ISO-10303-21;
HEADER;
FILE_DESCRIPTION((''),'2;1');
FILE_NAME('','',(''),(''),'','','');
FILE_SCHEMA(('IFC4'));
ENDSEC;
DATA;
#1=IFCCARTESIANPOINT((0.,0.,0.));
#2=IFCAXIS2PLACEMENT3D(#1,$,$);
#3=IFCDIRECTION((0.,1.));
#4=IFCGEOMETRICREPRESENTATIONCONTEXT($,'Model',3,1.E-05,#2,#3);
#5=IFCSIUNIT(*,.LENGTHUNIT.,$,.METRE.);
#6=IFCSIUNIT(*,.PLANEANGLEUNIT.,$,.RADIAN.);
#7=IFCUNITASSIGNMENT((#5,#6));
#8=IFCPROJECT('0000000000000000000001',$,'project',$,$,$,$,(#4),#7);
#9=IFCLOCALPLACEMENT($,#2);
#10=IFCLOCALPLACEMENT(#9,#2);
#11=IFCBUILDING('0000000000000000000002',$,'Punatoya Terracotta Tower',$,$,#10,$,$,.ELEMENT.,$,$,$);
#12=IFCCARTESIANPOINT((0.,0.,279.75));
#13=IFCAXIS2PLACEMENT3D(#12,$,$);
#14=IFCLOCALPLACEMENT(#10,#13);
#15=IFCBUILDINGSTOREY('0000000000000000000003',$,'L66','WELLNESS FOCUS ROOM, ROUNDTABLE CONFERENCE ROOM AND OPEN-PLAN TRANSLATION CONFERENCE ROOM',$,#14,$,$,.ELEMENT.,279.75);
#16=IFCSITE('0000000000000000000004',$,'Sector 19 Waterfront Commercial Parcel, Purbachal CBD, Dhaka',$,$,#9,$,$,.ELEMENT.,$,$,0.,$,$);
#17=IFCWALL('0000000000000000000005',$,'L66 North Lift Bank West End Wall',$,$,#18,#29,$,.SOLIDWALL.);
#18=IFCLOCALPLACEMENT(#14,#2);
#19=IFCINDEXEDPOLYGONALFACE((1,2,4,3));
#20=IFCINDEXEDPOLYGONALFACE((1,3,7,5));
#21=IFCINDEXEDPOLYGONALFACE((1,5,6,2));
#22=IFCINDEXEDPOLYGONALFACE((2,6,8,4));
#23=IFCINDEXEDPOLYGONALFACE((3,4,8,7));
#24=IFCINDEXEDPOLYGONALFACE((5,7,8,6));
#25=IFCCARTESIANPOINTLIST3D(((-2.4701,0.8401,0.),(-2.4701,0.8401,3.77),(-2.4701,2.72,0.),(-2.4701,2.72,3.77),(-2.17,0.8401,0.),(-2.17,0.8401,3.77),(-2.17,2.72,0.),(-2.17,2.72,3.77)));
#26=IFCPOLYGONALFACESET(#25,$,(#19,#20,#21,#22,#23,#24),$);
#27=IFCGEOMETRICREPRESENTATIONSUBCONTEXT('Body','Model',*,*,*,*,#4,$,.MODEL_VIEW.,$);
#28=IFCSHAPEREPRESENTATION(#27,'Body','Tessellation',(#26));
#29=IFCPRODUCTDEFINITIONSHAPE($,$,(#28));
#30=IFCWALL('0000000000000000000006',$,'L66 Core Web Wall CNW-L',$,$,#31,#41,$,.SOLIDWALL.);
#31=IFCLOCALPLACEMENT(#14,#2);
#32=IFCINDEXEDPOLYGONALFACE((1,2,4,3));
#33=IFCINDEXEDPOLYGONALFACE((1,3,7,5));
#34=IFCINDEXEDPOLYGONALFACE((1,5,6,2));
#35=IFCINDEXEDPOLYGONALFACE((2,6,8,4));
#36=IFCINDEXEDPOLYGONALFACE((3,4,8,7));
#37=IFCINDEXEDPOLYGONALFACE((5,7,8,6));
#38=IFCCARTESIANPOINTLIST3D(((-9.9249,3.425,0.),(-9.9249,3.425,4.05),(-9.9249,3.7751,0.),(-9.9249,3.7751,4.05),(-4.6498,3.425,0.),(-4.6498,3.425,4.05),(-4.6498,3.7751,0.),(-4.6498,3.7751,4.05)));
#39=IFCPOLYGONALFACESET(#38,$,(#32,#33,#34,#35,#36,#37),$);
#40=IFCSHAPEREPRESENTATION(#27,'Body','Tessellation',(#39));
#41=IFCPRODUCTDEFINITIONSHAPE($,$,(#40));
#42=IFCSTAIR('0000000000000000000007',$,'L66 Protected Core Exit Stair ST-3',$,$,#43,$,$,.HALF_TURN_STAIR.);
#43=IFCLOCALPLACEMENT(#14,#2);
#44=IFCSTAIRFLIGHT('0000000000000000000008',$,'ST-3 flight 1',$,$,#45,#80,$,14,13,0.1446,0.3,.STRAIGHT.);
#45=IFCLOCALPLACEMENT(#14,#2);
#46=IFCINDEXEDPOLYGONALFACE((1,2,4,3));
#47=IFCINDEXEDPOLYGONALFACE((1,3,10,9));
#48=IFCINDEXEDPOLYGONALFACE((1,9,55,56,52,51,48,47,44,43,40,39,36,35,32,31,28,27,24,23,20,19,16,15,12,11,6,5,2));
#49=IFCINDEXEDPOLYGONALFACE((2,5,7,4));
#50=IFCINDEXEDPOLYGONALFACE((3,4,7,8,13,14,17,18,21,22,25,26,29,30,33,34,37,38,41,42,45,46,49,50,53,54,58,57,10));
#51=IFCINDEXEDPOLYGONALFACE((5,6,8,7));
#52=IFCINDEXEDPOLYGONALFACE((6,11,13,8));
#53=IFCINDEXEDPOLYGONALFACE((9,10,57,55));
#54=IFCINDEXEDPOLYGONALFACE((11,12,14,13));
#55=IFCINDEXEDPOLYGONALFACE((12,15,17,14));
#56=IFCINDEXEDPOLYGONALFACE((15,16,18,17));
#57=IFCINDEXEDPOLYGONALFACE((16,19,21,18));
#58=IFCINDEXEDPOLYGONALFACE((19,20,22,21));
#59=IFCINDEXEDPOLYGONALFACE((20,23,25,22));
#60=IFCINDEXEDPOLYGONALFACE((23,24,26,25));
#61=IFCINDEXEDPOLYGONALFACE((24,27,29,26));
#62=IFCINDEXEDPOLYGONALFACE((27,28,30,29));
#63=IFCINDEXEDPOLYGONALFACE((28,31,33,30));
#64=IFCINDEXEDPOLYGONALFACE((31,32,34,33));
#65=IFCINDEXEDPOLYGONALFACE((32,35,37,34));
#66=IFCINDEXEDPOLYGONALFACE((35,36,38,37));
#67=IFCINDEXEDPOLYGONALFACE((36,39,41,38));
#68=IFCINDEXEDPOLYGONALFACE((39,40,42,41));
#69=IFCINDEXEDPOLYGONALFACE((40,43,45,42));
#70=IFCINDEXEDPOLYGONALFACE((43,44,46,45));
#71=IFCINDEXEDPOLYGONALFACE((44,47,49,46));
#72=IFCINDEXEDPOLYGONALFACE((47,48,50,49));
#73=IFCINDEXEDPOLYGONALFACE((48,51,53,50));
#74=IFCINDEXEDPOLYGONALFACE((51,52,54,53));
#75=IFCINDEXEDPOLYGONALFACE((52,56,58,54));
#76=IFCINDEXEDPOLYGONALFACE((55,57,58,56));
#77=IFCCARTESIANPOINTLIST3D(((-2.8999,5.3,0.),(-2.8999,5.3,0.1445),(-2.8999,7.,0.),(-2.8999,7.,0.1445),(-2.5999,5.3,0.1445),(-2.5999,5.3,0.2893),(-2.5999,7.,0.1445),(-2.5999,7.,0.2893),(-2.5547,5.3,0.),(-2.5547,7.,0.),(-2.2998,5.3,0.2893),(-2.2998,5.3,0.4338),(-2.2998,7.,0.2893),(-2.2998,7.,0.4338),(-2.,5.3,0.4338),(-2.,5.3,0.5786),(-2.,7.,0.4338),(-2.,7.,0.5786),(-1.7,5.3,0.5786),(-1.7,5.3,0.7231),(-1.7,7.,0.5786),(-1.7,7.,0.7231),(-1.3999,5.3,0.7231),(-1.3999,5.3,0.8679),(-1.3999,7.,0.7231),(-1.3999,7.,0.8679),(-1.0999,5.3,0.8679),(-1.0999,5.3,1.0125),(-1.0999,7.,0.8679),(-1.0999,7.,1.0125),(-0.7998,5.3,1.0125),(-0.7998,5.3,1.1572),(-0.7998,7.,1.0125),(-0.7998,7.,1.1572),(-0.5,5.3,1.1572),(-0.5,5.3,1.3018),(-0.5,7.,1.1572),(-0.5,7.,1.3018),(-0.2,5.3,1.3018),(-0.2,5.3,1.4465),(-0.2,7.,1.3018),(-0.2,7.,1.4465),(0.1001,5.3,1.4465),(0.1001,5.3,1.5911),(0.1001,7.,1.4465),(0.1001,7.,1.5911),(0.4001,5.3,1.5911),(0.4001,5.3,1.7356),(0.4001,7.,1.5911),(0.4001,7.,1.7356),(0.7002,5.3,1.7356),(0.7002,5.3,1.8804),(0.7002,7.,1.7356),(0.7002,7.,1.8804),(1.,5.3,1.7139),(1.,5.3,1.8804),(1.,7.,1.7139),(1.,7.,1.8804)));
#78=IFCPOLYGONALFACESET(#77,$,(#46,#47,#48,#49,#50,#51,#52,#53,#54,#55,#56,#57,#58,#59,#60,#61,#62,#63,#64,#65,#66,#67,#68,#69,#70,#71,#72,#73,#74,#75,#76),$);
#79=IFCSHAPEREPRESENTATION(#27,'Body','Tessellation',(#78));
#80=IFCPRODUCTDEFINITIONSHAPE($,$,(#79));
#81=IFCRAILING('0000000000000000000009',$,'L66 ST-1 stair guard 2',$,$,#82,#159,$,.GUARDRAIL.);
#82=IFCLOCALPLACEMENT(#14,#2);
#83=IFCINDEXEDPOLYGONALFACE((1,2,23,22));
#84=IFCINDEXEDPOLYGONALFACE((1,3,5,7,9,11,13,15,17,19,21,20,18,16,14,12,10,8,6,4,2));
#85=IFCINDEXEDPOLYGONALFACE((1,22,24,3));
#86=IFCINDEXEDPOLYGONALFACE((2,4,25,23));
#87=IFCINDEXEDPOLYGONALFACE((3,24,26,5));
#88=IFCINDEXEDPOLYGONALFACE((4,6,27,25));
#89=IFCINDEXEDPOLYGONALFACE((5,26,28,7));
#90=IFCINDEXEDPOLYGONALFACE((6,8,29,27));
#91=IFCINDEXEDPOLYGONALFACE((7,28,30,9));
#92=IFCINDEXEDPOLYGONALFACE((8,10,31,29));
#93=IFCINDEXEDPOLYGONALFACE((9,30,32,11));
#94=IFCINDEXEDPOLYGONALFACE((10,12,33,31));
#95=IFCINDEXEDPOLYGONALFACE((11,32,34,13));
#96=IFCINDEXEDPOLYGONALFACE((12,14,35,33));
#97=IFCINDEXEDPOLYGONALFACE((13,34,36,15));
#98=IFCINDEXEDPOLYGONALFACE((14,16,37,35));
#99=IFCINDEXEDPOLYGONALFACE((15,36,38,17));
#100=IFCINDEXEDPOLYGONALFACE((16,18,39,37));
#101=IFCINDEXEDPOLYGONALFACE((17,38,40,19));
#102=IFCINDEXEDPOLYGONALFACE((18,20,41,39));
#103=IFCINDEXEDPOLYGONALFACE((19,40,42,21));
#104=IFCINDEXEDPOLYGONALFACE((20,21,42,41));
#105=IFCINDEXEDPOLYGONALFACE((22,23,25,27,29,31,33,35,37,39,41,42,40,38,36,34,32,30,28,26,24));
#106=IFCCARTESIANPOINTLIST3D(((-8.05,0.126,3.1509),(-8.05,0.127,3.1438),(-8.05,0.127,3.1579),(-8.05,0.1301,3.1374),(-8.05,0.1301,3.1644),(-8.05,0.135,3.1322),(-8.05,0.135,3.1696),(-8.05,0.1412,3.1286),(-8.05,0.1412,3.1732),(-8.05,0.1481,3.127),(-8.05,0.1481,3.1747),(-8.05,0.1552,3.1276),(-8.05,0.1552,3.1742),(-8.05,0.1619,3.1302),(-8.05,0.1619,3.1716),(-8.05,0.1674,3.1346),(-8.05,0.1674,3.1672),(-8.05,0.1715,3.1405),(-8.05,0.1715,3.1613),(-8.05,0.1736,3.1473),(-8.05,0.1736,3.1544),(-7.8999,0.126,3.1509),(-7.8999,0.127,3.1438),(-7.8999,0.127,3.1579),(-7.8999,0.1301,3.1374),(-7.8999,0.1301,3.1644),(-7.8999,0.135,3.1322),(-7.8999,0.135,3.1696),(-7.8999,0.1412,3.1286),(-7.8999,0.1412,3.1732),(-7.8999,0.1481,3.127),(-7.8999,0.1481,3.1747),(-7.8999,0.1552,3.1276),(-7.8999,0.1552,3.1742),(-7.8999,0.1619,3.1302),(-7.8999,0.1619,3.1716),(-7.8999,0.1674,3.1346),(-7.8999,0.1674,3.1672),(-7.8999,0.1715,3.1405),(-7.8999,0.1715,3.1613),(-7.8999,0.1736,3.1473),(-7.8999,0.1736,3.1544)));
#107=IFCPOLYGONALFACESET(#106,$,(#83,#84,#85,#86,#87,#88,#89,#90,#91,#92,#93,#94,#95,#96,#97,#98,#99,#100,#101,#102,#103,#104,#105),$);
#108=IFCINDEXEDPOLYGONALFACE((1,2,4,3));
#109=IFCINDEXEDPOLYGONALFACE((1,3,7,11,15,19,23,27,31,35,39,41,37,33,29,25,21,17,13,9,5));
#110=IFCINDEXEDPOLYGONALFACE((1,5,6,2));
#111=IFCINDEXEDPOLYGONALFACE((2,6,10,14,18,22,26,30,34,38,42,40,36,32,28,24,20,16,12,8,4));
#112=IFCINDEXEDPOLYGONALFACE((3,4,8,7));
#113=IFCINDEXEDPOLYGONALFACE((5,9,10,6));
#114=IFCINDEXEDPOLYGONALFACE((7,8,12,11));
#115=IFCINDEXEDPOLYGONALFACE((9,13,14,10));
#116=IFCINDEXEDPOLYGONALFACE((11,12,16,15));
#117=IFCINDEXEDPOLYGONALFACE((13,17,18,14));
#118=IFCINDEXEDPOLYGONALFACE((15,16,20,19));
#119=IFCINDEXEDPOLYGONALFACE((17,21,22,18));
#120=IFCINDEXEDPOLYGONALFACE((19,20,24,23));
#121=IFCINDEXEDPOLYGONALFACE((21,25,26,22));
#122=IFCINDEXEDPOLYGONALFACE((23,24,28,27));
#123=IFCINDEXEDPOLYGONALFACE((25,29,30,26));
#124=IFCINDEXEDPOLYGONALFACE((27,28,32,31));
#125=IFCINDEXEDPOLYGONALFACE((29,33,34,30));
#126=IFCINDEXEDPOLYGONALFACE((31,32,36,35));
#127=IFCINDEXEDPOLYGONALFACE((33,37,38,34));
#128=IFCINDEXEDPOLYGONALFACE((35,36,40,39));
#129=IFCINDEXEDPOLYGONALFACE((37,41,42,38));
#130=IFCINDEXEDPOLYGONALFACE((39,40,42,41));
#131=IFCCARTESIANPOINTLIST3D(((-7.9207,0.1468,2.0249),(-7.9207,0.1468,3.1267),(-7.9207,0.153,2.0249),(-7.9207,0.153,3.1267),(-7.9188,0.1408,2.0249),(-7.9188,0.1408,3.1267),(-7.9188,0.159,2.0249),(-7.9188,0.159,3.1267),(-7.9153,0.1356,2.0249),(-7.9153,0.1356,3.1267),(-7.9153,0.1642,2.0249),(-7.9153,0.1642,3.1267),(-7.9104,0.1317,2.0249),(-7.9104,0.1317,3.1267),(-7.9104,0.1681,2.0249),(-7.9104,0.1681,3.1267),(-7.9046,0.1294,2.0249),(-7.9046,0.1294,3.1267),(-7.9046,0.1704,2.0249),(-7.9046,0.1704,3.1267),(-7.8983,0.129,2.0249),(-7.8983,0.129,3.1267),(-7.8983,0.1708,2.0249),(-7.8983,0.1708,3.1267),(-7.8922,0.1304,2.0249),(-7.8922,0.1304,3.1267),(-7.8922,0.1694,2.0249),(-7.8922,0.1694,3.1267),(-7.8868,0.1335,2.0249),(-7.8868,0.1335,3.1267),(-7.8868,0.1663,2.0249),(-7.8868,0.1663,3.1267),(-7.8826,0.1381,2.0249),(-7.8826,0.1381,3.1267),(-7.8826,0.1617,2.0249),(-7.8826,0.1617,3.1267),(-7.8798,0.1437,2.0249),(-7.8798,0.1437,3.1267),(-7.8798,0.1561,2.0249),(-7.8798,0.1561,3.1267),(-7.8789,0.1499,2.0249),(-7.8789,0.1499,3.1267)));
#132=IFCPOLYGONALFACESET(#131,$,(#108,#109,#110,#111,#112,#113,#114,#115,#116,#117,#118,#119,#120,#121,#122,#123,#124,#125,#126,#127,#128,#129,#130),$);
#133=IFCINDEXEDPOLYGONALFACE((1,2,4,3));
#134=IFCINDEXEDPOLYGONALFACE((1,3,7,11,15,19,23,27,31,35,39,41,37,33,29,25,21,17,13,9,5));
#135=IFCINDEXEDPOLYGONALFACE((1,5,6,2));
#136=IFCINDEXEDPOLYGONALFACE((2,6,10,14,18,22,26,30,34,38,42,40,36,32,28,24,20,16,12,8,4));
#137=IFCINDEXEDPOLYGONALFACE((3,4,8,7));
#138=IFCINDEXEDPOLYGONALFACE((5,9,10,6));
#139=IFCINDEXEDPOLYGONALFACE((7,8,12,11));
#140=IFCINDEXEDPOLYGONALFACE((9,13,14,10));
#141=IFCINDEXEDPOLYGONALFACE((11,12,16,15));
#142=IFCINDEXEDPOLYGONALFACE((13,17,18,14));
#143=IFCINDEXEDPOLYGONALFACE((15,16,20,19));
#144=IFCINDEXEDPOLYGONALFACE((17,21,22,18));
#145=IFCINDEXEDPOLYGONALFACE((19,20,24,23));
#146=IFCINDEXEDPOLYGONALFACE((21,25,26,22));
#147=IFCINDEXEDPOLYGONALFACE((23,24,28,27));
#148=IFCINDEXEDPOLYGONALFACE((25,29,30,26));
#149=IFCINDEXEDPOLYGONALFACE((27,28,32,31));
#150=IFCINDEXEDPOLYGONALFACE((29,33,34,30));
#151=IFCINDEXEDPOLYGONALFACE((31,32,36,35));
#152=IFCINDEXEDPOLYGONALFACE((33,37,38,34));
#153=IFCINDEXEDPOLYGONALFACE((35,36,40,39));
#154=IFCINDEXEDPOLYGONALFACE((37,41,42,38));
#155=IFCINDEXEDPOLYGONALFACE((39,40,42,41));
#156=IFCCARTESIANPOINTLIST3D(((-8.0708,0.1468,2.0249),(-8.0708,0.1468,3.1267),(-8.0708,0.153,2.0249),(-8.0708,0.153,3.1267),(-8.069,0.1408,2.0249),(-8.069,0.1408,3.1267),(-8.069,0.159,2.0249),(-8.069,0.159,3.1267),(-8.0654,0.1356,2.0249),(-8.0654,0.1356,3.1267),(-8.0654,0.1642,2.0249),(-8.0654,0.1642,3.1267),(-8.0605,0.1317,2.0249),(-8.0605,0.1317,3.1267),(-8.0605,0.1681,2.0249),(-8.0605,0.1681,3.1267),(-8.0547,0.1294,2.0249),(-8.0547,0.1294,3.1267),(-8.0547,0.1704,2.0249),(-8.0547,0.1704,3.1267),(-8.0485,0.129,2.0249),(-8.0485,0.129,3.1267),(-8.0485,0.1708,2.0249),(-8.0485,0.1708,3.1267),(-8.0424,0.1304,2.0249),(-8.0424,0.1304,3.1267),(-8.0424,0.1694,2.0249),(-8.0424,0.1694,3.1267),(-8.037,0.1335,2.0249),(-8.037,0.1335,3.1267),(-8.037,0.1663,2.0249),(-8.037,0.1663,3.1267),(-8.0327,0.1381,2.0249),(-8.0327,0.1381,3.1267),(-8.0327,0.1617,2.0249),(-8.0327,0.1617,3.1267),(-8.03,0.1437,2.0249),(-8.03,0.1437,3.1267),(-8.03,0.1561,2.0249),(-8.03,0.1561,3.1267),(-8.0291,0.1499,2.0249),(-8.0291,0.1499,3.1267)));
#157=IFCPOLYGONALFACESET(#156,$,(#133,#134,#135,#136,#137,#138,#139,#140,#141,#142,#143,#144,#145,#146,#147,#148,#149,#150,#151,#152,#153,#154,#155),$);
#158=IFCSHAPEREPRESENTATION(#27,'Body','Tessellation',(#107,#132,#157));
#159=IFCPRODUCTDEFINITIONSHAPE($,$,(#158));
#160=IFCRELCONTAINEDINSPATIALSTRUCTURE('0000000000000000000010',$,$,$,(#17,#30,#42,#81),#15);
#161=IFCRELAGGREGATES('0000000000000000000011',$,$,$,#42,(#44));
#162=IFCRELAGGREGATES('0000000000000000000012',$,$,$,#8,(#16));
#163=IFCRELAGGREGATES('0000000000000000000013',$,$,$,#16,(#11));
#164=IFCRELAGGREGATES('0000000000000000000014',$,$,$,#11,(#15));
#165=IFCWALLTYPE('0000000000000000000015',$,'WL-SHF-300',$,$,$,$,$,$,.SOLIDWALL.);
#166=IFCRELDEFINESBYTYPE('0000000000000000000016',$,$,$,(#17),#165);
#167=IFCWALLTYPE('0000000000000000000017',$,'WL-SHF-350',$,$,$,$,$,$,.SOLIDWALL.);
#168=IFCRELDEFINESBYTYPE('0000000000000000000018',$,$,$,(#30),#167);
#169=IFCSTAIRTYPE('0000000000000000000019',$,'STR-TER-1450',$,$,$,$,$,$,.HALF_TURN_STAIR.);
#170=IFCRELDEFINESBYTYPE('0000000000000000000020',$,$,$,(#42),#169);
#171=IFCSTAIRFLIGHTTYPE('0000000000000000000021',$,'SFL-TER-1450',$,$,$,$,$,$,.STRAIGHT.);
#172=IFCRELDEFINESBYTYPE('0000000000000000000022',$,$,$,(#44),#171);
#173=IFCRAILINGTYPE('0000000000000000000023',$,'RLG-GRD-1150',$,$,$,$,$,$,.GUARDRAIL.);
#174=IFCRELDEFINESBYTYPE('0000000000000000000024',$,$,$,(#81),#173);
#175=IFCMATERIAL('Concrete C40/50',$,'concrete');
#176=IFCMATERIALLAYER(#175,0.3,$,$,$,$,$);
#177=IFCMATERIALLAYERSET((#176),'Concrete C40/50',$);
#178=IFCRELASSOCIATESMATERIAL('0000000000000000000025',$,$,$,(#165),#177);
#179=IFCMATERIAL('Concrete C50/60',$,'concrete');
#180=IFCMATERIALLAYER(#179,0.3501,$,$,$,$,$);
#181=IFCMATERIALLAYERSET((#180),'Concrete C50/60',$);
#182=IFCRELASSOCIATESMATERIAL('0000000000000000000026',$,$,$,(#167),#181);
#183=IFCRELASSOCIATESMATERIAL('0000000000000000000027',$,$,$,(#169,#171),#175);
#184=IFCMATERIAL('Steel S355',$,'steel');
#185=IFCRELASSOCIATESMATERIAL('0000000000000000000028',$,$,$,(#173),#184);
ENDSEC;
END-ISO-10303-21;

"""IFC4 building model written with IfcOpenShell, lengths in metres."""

from ifc_helpers import new_model, si_unit, direction, frame, frame_2d, origin, origin_2d, place, context, subcontext, project, spatial, polyline, rectangle, circle, outline, extrude, material, layer, layer_set, type_object, element, aggregate, save


model = new_model("IFC4")

# Units and contexts
model_context = context("Model", 3, precision=1e-05, world=origin(), true_north=direction((0.0, 1.0)))
body_context = subcontext(model_context, "Body", "Model", "MODEL_VIEW")
ifc_project = project(units=[si_unit("LENGTHUNIT", "METRE"), si_unit("PLANEANGLEUNIT", "RADIAN")], contexts=[model_context])

# Site, building, storey
site_placement = place(None, origin())
site = spatial("IfcSite", under=ifc_project, at=site_placement, Name="Sector 19 Waterfront Commercial Parcel, Purbachal CBD, Dhaka", CompositionType="ELEMENT", RefElevation=0.0)
building_placement = place(site_placement, origin())
building = spatial("IfcBuilding", under=site, at=building_placement, Name="Punatoya Terracotta Tower", CompositionType="ELEMENT")
storey_placement = place(building_placement, frame((0.0, 0.0, 279.75)))
storey = spatial("IfcBuildingStorey", under=building, at=storey_placement, Name="L66", Description="WELLNESS FOCUS ROOM, ROUNDTABLE CONFERENCE ROOM AND OPEN-PLAN TRANSLATION CONFERENCE ROOM", CompositionType="ELEMENT", Elevation=279.75)

# Shared definitions
ifc_material_1 = material(Name="Steel S355", Category="steel")
ifc_material_2 = material(Name="Concrete C50/60", Category="concrete")

# Shared definitions
ifc_material_3 = material(Name="Concrete C40/50", Category="concrete")

# Shared definitions
ifc_layer_1 = layer(ifc_material_3, 0.3)
ifc_layer_set_1 = layer_set([ifc_layer_1], Name="Concrete C40/50")
wall_type_1 = type_object("IfcWallType", Name="WL-SHF-300", PredefinedType="SOLIDWALL", material=ifc_layer_set_1)

# Walls
wall_1_placement = place(storey_placement, frame((-2.3201, 0.8401, 0.0), z_axis=(0.0, 0.0, 1.0), x_axis=(0.0, 1.0, 0.0)))
element("IfcWall", 1, at=wall_1_placement, inside=storey, type_object=wall_type_1, Name="L66 North Lift Bank West End Wall", PredefinedType="SOLIDWALL", context=body_context, shape_type="SweptSolid", body=[
    extrude(rectangle(XDim=1.8799, YDim=0.3, at=frame_2d((0.9399, 0.0))), origin(), (0.0, 0.0, 1.0), 3.77),
])
ifc_layer_2 = layer(ifc_material_2, 0.3501)
ifc_layer_set_2 = layer_set([ifc_layer_2], Name="Concrete C50/60")
wall_type_2 = type_object("IfcWallType", Name="WL-SHF-350", PredefinedType="SOLIDWALL", material=ifc_layer_set_2)
wall_2_placement = place(storey_placement, frame((-9.925, 3.6001, 0.0), z_axis=(0.0, 0.0, 1.0), x_axis=(1.0, 0.0, 0.0)))
element("IfcWall", 2, at=wall_2_placement, inside=storey, type_object=wall_type_2, Name="L66 Core Web Wall CNW-L", PredefinedType="SOLIDWALL", context=body_context, shape_type="SweptSolid", body=[
    extrude(rectangle(XDim=5.2751, YDim=0.3501, at=frame_2d((2.6377, 0.0))), origin(), (0.0, 0.0, 1.0), 4.05),
])

# Stair, stair flight
stair_type = type_object("IfcStairType", Name="STR-TER-1450", PredefinedType="HALF_TURN_STAIR", material=ifc_material_3)
stair_placement = place(storey_placement, origin())
stair = element("IfcStair", 3, at=stair_placement, inside=storey, type_object=stair_type, Name="L66 Protected Core Exit Stair ST-3", PredefinedType="HALF_TURN_STAIR")
stair_flight_type = type_object("IfcStairFlightType", Name="SFL-TER-1450", PredefinedType="STRAIGHT", material=ifc_material_3)
stair_flight_placement = place(storey_placement, frame((-2.8999, 6.1499, 0.0), z_axis=(0.0, 0.0, 1.0), x_axis=(1.0, 0.0, 0.0)))
stair_flight = element("IfcStairFlight", 4, at=stair_flight_placement, type_object=stair_flight_type, Name="ST-3 flight 1", NumberOfRisers=14, NumberOfTreads=13, PredefinedType="STRAIGHT", RiserHeight=0.1446, TreadLength=0.3, context=body_context, shape_type="SweptSolid", body=[
    extrude(outline(polyline([(0.0, 0.0), (0.0, 0.1445), (0.3, 0.1445), (0.3, 0.2893), (0.6001, 0.2893), (0.6001, 0.4338), (0.8999, 0.4338), (0.8999, 0.5786), (1.2, 0.5786), (1.2, 0.7231), (1.5, 0.7231), (1.5, 0.8679), (1.8, 0.8679), (1.8, 1.0125), (2.1001, 1.0125), (2.1001, 1.1572), (2.3999, 1.1572), (2.3999, 1.3018), (2.7, 1.3018), (2.7, 1.4465), (3.0, 1.4465), (3.0, 1.5911), (3.3, 1.5911), (3.3, 1.7356), (3.6001, 1.7356), (3.6001, 1.8804), (3.8999, 1.8804), (3.8999, 2.0249), (3.8999, 1.7139), (0.3452, 0.0), (0.0, 0.0)])), frame((0.0, 0.8501, 0.0), z_axis=(0.0, -1.0, 0.0), x_axis=(1.0, 0.0, 0.0)), (0.0, 0.0, 1.0), 1.7),
])
aggregate(stair, [stair_flight])

# Railing
railing_type_1 = type_object("IfcRailingType", Name="RLG-GRD-1150", PredefinedType="GUARDRAIL", material=ifc_material_1)
railing_1_placement = place(storey_placement, frame((-7.8999, 0.1499, 2.0249)))
element("IfcRailing", 5, at=railing_1_placement, inside=storey, type_object=railing_type_1, Name="L66 ST-1 stair guard 2", PredefinedType="GUARDRAIL", context=body_context, shape_type="SweptSolid", body=[
    extrude(circle(Radius=0.0239, at=origin_2d()), frame((0.0, 0.0, 1.126), z_axis=(-1.0, 0.0, 0.0), x_axis=(0.0, -1.0, 0.0)), (0.0, 0.0, 1.0), 0.1501),
    extrude(circle(Radius=0.021, at=origin_2d()), origin(), (0.0, 0.0, 1.0), 1.1018),
    extrude(circle(Radius=0.021, at=origin_2d()), frame((-0.1501, 0.0, 0.0)), (0.0, 0.0, 1.0), 1.1018),
])

save(model, "model.ifc")
